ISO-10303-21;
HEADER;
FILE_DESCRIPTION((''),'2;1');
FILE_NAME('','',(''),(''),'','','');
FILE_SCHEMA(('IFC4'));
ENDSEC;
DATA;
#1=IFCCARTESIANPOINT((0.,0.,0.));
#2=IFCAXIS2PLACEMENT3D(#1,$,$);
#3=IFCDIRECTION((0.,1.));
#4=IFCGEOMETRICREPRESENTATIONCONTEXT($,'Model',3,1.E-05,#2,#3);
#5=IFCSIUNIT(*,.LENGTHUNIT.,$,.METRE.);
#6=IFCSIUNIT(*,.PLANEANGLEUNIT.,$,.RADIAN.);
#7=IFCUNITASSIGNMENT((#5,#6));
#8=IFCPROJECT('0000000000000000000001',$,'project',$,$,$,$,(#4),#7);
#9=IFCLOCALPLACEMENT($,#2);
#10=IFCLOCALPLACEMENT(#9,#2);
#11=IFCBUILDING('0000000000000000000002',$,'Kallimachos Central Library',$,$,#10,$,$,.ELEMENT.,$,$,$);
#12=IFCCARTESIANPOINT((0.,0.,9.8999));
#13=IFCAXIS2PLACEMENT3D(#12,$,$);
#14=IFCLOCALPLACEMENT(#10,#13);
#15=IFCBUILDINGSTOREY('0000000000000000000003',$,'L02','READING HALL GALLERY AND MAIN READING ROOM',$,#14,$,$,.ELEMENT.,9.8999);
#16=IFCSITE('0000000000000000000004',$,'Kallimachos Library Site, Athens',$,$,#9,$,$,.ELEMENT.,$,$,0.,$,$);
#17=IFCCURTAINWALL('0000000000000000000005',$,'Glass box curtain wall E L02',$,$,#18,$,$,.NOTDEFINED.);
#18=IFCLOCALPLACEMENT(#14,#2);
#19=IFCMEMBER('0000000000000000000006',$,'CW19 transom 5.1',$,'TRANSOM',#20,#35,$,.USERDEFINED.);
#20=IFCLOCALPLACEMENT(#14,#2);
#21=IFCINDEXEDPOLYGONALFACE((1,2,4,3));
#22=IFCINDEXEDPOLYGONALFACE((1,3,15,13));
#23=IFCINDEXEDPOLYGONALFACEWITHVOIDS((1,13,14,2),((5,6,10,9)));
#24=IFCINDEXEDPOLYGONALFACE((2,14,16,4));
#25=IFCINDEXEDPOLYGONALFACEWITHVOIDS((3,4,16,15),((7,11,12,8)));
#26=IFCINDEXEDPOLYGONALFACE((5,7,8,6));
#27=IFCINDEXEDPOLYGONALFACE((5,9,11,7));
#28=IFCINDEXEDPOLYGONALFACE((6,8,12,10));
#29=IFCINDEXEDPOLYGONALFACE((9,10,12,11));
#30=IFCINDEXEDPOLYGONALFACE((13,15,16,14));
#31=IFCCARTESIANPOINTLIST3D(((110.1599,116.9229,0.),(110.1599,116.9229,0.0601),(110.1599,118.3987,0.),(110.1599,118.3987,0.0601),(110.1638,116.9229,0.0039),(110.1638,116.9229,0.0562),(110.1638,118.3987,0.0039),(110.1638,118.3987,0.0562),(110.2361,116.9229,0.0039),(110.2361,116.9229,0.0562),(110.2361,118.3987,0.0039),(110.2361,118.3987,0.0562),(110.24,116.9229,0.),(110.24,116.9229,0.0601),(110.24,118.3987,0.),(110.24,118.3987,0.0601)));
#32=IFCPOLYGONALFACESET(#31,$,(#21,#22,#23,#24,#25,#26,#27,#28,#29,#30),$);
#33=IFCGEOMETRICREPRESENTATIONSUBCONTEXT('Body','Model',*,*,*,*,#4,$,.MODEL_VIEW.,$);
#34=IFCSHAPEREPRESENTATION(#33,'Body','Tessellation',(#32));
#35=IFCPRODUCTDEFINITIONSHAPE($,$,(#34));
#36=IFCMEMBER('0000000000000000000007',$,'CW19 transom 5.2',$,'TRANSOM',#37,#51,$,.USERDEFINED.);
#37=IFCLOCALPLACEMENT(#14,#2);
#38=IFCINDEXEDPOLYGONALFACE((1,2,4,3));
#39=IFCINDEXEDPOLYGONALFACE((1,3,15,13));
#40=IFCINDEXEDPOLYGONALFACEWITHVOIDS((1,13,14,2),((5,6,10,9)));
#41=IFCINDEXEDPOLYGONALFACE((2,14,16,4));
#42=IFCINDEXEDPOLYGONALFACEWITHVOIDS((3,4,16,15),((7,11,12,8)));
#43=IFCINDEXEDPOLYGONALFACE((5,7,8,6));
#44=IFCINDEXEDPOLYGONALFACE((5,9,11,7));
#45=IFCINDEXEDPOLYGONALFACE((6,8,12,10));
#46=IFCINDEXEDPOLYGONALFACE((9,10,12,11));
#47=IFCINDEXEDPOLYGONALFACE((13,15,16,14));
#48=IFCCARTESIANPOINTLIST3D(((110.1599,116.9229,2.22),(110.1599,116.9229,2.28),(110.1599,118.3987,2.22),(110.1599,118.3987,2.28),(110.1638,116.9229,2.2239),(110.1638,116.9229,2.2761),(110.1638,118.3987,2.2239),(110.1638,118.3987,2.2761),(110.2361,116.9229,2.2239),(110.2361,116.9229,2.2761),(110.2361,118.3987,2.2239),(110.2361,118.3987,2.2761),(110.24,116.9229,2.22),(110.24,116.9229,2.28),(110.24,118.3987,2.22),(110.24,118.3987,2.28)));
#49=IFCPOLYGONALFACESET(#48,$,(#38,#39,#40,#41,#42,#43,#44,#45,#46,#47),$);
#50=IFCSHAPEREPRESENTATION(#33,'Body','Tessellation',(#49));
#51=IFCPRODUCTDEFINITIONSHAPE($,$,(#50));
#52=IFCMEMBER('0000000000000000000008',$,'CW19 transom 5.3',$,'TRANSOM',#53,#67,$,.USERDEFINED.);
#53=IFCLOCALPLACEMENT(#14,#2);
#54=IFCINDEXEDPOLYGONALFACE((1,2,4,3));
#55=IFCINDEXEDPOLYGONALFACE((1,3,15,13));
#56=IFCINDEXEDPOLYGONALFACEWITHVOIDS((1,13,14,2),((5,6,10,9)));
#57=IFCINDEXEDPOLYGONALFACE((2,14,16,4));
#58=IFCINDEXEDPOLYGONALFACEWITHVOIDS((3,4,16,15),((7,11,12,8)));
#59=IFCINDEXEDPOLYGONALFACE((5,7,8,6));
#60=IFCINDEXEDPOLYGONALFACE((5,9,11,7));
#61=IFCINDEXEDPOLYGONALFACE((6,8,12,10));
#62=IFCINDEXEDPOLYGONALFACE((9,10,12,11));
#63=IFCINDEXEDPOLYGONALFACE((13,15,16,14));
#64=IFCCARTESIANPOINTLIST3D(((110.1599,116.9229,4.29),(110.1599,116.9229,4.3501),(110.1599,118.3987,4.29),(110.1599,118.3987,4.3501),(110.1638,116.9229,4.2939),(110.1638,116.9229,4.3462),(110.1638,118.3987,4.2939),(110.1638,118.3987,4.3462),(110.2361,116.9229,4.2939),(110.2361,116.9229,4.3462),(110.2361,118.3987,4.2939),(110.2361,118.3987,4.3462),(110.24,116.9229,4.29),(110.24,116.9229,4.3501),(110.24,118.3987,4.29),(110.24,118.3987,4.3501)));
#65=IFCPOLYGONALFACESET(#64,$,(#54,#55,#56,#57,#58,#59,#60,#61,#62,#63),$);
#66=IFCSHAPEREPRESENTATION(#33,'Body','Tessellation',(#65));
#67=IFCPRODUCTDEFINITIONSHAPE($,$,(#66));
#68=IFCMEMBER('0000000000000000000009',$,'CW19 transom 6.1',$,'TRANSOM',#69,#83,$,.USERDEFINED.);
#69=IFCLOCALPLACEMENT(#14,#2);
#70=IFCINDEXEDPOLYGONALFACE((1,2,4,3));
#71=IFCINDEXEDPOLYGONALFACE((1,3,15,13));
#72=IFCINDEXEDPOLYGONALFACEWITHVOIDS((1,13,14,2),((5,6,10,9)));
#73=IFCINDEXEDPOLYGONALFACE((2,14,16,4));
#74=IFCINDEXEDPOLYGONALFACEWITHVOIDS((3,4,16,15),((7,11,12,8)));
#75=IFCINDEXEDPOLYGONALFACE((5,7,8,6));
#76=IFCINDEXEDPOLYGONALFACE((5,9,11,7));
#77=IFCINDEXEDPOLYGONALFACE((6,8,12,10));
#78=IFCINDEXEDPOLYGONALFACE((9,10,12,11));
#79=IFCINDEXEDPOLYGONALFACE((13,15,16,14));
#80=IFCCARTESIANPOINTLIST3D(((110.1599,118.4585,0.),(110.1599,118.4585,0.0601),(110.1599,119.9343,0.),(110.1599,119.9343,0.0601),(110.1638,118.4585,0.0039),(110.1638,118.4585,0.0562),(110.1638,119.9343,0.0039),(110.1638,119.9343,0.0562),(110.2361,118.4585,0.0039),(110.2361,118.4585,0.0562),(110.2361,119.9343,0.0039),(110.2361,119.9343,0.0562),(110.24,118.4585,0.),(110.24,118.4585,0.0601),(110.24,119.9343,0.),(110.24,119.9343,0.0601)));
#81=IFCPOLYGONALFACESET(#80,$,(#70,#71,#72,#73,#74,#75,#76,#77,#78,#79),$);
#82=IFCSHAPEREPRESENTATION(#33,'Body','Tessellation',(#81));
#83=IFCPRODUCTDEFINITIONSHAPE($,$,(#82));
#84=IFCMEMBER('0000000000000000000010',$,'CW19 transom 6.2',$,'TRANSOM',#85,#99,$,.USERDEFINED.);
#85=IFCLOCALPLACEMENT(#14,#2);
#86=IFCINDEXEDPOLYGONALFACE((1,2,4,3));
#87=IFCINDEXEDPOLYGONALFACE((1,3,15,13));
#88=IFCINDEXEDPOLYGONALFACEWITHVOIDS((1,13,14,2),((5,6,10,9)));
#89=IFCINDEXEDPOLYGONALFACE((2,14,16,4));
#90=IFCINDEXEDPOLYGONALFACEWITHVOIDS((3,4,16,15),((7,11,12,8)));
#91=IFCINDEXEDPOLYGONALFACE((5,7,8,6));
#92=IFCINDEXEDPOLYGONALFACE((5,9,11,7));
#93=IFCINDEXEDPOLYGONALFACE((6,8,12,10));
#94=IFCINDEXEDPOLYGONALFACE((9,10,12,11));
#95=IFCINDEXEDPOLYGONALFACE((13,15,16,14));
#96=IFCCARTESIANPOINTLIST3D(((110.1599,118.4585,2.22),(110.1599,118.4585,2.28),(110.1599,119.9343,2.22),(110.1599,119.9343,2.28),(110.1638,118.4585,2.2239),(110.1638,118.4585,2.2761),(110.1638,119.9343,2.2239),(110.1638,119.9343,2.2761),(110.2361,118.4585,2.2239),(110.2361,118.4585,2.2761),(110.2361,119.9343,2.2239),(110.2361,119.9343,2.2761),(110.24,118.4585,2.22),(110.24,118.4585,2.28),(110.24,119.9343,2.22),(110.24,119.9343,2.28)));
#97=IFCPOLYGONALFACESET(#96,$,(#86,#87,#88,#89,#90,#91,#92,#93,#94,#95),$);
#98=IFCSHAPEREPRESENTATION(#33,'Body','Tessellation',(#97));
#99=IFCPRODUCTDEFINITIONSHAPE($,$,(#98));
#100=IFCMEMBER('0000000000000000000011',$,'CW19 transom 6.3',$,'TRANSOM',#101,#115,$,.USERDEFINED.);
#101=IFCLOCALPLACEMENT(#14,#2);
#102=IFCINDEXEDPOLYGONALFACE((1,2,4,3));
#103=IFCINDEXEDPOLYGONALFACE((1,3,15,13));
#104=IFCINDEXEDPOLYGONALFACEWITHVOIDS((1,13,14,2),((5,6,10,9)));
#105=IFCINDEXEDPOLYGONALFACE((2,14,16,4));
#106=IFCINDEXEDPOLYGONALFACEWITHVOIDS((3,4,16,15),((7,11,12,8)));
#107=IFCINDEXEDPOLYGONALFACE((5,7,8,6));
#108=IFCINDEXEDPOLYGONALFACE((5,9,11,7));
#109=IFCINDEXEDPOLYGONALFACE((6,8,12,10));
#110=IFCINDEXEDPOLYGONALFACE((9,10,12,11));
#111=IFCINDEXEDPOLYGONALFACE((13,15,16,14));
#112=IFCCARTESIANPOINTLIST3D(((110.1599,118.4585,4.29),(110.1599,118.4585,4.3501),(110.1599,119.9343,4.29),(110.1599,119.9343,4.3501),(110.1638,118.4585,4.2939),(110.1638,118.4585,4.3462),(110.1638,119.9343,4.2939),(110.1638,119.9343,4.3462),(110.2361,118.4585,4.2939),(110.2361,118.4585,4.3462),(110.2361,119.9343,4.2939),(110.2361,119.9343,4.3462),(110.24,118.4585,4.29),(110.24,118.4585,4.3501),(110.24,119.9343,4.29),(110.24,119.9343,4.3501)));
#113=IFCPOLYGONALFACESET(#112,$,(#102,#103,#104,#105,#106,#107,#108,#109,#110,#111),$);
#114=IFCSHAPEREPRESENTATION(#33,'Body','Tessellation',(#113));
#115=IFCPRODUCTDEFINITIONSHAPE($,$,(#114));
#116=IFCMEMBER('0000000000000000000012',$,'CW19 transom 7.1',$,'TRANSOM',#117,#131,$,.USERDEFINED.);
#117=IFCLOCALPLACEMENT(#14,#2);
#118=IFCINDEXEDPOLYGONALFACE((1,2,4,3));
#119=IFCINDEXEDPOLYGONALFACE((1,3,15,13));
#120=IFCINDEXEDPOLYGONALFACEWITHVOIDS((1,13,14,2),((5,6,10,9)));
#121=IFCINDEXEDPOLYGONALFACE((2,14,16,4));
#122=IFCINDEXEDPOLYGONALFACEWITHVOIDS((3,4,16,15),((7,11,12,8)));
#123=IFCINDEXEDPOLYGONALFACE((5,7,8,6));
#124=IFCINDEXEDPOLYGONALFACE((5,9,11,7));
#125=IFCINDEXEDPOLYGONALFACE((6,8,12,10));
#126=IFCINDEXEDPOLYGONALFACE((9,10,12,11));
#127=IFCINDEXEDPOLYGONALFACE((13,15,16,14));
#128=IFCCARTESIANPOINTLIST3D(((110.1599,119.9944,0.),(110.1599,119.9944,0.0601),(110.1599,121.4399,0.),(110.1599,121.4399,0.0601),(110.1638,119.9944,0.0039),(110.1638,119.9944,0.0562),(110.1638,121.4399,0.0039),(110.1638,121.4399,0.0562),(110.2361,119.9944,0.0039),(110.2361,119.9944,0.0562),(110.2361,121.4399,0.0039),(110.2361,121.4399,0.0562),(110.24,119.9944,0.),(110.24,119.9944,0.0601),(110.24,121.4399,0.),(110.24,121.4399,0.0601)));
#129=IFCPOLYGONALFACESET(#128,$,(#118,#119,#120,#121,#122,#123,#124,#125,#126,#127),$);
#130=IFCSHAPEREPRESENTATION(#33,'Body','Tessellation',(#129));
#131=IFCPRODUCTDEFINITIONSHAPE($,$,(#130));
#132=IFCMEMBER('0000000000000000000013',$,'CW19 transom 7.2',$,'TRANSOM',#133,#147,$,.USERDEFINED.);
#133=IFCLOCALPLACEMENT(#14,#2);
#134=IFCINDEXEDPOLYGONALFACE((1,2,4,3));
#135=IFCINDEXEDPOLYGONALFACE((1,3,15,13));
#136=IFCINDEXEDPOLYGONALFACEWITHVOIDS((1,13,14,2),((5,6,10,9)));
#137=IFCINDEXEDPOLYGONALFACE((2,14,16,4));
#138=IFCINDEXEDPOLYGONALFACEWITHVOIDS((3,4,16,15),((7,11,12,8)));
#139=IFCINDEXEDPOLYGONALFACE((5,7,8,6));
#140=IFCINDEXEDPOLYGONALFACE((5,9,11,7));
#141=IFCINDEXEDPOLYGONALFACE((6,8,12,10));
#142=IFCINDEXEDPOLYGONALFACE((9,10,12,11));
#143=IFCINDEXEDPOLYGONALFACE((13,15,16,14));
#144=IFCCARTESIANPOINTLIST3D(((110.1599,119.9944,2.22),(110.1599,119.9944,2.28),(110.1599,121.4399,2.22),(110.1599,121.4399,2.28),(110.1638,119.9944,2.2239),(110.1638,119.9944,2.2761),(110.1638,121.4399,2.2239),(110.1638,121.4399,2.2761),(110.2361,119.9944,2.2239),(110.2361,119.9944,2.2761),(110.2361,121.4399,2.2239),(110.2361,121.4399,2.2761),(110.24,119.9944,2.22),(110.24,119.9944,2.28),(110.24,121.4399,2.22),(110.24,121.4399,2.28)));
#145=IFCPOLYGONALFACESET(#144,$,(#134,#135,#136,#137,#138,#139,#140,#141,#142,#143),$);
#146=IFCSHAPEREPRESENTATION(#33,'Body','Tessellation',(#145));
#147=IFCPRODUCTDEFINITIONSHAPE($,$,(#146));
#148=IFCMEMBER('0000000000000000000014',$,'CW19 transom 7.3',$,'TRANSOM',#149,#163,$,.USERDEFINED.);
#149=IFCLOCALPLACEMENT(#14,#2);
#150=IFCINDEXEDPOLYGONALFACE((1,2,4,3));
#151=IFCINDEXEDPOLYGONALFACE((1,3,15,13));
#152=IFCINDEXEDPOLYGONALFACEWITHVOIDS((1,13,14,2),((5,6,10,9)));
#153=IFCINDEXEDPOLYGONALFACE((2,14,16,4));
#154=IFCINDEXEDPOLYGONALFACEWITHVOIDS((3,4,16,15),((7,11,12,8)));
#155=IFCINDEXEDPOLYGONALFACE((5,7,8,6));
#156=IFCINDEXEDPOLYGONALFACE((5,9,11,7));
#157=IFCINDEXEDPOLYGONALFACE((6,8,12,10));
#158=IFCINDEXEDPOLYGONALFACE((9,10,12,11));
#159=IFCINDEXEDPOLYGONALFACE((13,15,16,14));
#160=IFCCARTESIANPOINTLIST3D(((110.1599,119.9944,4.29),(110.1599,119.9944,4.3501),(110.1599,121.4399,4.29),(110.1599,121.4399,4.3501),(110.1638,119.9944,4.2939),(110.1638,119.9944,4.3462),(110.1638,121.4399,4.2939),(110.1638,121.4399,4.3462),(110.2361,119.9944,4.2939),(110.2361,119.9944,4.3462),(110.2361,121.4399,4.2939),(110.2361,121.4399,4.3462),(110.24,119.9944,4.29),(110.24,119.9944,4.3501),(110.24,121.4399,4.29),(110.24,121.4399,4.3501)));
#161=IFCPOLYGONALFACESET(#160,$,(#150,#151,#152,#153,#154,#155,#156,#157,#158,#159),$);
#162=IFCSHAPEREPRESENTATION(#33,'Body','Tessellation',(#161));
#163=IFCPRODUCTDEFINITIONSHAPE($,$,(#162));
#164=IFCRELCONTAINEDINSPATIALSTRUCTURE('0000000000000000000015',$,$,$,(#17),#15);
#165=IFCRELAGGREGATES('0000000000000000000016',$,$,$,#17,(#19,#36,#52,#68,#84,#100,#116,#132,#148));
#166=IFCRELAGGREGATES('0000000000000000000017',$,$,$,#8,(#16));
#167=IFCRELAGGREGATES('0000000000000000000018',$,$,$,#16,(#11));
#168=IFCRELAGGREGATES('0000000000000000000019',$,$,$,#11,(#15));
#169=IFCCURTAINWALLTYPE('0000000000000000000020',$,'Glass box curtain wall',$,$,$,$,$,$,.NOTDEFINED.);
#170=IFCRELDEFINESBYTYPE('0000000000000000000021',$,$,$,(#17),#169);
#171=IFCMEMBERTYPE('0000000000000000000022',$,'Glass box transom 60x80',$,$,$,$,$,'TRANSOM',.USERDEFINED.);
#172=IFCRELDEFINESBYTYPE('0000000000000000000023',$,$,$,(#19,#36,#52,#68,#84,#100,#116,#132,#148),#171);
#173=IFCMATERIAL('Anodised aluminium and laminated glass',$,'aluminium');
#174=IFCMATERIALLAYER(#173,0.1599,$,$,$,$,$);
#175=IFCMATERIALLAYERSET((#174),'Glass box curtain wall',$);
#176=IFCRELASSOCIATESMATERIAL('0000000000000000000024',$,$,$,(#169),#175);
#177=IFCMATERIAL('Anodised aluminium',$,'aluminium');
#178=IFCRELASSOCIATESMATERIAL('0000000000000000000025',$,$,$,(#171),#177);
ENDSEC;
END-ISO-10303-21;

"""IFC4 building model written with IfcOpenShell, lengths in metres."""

from ifc_helpers import new_model, si_unit, direction, frame, origin, origin_2d, place, context, subcontext, project, spatial, hollow_rectangle, extrude, material, layer, layer_set, material_profile, profile_set, type_object, element, aggregate, save


model = new_model("IFC4")

# Units and contexts
model_context = context("Model", 3, precision=1e-05, world=origin(), true_north=direction((0.0, 1.0)))
body_context = subcontext(model_context, "Body", "Model", "MODEL_VIEW")
ifc_project = project(units=[si_unit("LENGTHUNIT", "METRE"), si_unit("PLANEANGLEUNIT", "RADIAN")], contexts=[model_context])

# Site, building, storey
site_placement = place(None, origin())
site = spatial("IfcSite", under=ifc_project, at=site_placement, Name="Kallimachos Library Site, Athens", CompositionType="ELEMENT", RefElevation=0.0)
building_placement = place(site_placement, origin())
building = spatial("IfcBuilding", under=site, at=building_placement, Name="Kallimachos Central Library", CompositionType="ELEMENT")
storey_placement = place(building_placement, frame((0.0, 0.0, 9.8999)))
storey = spatial("IfcBuildingStorey", under=building, at=storey_placement, Name="L02", Description="READING HALL GALLERY AND MAIN READING ROOM", CompositionType="ELEMENT", Elevation=9.8999)

# Curtain wall, members
ifc_material_1 = material(Name="Anodised aluminium and laminated glass", Category="aluminium")
ifc_layer_1 = layer(ifc_material_1, 0.1599)
ifc_layer_set_1 = layer_set([ifc_layer_1], Name="Glass box curtain wall")
curtain_wall_type = type_object("IfcCurtainWallType", Name="Glass box curtain wall", PredefinedType="NOTDEFINED", material=ifc_layer_set_1)
curtain_wall_placement = place(storey_placement, origin())
curtain_wall = element("IfcCurtainWall", 1, at=curtain_wall_placement, inside=storey, type_object=curtain_wall_type, Name="Glass box curtain wall E L02", PredefinedType="NOTDEFINED")
ifc_material_2 = material(Name="Anodised aluminium", Category="aluminium")
ifc_material_profile_1 = material_profile(ifc_material_2, hollow_rectangle(XDim=0.0601, YDim=0.0801, WallThickness=0.0039, at=origin_2d()), Name="ALU TRANSOM 60x80")
ifc_profile_set_1 = profile_set([ifc_material_profile_1], Name="Anodised aluminium")
member_type_1 = type_object("IfcMemberType", Name="Glass box transom 60x80", ElementType="TRANSOM", PredefinedType="USERDEFINED", material=ifc_profile_set_1)
member_1_placement = place(storey_placement, frame((110.2, 116.9229, 0.03), z_axis=(0.0, 1.0, 0.0), x_axis=(0.0, 0.0, 1.0)))
member_1 = element("IfcMember", 2, at=member_1_placement, type_object=member_type_1, Name="CW19 transom 5.1", ObjectType="TRANSOM", PredefinedType="USERDEFINED", context=body_context, shape_type="SweptSolid", body=[
    extrude(hollow_rectangle(XDim=0.0601, YDim=0.0801, WallThickness=0.0039, at=origin_2d()), origin(), (0.0, 0.0, 1.0), 1.4758),
])
member_2_placement = place(storey_placement, frame((110.2, 116.9229, 2.25), z_axis=(0.0, 1.0, 0.0), x_axis=(0.0, 0.0, 1.0)))
member_2 = element("IfcMember", 3, at=member_2_placement, type_object=member_type_1, Name="CW19 transom 5.2", ObjectType="TRANSOM", PredefinedType="USERDEFINED", context=body_context, shape_type="SweptSolid", body=[
    extrude(hollow_rectangle(XDim=0.0601, YDim=0.0801, WallThickness=0.0039, at=origin_2d()), origin(), (0.0, 0.0, 1.0), 1.4758),
])
member_3_placement = place(storey_placement, frame((110.2, 116.9229, 4.3201), z_axis=(0.0, 1.0, 0.0), x_axis=(0.0, 0.0, 1.0)))
member_3 = element("IfcMember", 4, at=member_3_placement, type_object=member_type_1, Name="CW19 transom 5.3", ObjectType="TRANSOM", PredefinedType="USERDEFINED", context=body_context, shape_type="SweptSolid", body=[
    extrude(hollow_rectangle(XDim=0.0601, YDim=0.0801, WallThickness=0.0039, at=origin_2d()), origin(), (0.0, 0.0, 1.0), 1.4758),
])
member_4_placement = place(storey_placement, frame((110.2, 118.4585, 0.03), z_axis=(0.0, 1.0, 0.0), x_axis=(0.0, 0.0, 1.0)))
member_4 = element("IfcMember", 5, at=member_4_placement, type_object=member_type_1, Name="CW19 transom 6.1", ObjectType="TRANSOM", PredefinedType="USERDEFINED", context=body_context, shape_type="SweptSolid", body=[
    extrude(hollow_rectangle(XDim=0.0601, YDim=0.0801, WallThickness=0.0039, at=origin_2d()), origin(), (0.0, 0.0, 1.0), 1.4758),
])
member_5_placement = place(storey_placement, frame((110.2, 118.4585, 2.25), z_axis=(0.0, 1.0, 0.0), x_axis=(0.0, 0.0, 1.0)))
member_5 = element("IfcMember", 6, at=member_5_placement, type_object=member_type_1, Name="CW19 transom 6.2", ObjectType="TRANSOM", PredefinedType="USERDEFINED", context=body_context, shape_type="SweptSolid", body=[
    extrude(hollow_rectangle(XDim=0.0601, YDim=0.0801, WallThickness=0.0039, at=origin_2d()), origin(), (0.0, 0.0, 1.0), 1.4758),
])
member_6_placement = place(storey_placement, frame((110.2, 118.4585, 4.3201), z_axis=(0.0, 1.0, 0.0), x_axis=(0.0, 0.0, 1.0)))
member_6 = element("IfcMember", 7, at=member_6_placement, type_object=member_type_1, Name="CW19 transom 6.3", ObjectType="TRANSOM", PredefinedType="USERDEFINED", context=body_context, shape_type="SweptSolid", body=[
    extrude(hollow_rectangle(XDim=0.0601, YDim=0.0801, WallThickness=0.0039, at=origin_2d()), origin(), (0.0, 0.0, 1.0), 1.4758),
])
member_7_placement = place(storey_placement, frame((110.2, 119.9944, 0.03), z_axis=(0.0, 1.0, 0.0), x_axis=(0.0, 0.0, 1.0)))
member_7 = element("IfcMember", 8, at=member_7_placement, type_object=member_type_1, Name="CW19 transom 7.1", ObjectType="TRANSOM", PredefinedType="USERDEFINED", context=body_context, shape_type="SweptSolid", body=[
    extrude(hollow_rectangle(XDim=0.0601, YDim=0.0801, WallThickness=0.0039, at=origin_2d()), origin(), (0.0, 0.0, 1.0), 1.4456),
])
member_8_placement = place(storey_placement, frame((110.2, 119.9944, 2.25), z_axis=(0.0, 1.0, 0.0), x_axis=(0.0, 0.0, 1.0)))
member_8 = element("IfcMember", 9, at=member_8_placement, type_object=member_type_1, Name="CW19 transom 7.2", ObjectType="TRANSOM", PredefinedType="USERDEFINED", context=body_context, shape_type="SweptSolid", body=[
    extrude(hollow_rectangle(XDim=0.0601, YDim=0.0801, WallThickness=0.0039, at=origin_2d()), origin(), (0.0, 0.0, 1.0), 1.4456),
])
member_9_placement = place(storey_placement, frame((110.2, 119.9944, 4.3201), z_axis=(0.0, 1.0, 0.0), x_axis=(0.0, 0.0, 1.0)))
member_9 = element("IfcMember", 10, at=member_9_placement, type_object=member_type_1, Name="CW19 transom 7.3", ObjectType="TRANSOM", PredefinedType="USERDEFINED", context=body_context, shape_type="SweptSolid", body=[
    extrude(hollow_rectangle(XDim=0.0601, YDim=0.0801, WallThickness=0.0039, at=origin_2d()), origin(), (0.0, 0.0, 1.0), 1.4456),
])

aggregate(curtain_wall, [member_1, member_2, member_3, member_4, member_5, member_6, member_7, member_8, member_9])

save(model, "model.ifc")
